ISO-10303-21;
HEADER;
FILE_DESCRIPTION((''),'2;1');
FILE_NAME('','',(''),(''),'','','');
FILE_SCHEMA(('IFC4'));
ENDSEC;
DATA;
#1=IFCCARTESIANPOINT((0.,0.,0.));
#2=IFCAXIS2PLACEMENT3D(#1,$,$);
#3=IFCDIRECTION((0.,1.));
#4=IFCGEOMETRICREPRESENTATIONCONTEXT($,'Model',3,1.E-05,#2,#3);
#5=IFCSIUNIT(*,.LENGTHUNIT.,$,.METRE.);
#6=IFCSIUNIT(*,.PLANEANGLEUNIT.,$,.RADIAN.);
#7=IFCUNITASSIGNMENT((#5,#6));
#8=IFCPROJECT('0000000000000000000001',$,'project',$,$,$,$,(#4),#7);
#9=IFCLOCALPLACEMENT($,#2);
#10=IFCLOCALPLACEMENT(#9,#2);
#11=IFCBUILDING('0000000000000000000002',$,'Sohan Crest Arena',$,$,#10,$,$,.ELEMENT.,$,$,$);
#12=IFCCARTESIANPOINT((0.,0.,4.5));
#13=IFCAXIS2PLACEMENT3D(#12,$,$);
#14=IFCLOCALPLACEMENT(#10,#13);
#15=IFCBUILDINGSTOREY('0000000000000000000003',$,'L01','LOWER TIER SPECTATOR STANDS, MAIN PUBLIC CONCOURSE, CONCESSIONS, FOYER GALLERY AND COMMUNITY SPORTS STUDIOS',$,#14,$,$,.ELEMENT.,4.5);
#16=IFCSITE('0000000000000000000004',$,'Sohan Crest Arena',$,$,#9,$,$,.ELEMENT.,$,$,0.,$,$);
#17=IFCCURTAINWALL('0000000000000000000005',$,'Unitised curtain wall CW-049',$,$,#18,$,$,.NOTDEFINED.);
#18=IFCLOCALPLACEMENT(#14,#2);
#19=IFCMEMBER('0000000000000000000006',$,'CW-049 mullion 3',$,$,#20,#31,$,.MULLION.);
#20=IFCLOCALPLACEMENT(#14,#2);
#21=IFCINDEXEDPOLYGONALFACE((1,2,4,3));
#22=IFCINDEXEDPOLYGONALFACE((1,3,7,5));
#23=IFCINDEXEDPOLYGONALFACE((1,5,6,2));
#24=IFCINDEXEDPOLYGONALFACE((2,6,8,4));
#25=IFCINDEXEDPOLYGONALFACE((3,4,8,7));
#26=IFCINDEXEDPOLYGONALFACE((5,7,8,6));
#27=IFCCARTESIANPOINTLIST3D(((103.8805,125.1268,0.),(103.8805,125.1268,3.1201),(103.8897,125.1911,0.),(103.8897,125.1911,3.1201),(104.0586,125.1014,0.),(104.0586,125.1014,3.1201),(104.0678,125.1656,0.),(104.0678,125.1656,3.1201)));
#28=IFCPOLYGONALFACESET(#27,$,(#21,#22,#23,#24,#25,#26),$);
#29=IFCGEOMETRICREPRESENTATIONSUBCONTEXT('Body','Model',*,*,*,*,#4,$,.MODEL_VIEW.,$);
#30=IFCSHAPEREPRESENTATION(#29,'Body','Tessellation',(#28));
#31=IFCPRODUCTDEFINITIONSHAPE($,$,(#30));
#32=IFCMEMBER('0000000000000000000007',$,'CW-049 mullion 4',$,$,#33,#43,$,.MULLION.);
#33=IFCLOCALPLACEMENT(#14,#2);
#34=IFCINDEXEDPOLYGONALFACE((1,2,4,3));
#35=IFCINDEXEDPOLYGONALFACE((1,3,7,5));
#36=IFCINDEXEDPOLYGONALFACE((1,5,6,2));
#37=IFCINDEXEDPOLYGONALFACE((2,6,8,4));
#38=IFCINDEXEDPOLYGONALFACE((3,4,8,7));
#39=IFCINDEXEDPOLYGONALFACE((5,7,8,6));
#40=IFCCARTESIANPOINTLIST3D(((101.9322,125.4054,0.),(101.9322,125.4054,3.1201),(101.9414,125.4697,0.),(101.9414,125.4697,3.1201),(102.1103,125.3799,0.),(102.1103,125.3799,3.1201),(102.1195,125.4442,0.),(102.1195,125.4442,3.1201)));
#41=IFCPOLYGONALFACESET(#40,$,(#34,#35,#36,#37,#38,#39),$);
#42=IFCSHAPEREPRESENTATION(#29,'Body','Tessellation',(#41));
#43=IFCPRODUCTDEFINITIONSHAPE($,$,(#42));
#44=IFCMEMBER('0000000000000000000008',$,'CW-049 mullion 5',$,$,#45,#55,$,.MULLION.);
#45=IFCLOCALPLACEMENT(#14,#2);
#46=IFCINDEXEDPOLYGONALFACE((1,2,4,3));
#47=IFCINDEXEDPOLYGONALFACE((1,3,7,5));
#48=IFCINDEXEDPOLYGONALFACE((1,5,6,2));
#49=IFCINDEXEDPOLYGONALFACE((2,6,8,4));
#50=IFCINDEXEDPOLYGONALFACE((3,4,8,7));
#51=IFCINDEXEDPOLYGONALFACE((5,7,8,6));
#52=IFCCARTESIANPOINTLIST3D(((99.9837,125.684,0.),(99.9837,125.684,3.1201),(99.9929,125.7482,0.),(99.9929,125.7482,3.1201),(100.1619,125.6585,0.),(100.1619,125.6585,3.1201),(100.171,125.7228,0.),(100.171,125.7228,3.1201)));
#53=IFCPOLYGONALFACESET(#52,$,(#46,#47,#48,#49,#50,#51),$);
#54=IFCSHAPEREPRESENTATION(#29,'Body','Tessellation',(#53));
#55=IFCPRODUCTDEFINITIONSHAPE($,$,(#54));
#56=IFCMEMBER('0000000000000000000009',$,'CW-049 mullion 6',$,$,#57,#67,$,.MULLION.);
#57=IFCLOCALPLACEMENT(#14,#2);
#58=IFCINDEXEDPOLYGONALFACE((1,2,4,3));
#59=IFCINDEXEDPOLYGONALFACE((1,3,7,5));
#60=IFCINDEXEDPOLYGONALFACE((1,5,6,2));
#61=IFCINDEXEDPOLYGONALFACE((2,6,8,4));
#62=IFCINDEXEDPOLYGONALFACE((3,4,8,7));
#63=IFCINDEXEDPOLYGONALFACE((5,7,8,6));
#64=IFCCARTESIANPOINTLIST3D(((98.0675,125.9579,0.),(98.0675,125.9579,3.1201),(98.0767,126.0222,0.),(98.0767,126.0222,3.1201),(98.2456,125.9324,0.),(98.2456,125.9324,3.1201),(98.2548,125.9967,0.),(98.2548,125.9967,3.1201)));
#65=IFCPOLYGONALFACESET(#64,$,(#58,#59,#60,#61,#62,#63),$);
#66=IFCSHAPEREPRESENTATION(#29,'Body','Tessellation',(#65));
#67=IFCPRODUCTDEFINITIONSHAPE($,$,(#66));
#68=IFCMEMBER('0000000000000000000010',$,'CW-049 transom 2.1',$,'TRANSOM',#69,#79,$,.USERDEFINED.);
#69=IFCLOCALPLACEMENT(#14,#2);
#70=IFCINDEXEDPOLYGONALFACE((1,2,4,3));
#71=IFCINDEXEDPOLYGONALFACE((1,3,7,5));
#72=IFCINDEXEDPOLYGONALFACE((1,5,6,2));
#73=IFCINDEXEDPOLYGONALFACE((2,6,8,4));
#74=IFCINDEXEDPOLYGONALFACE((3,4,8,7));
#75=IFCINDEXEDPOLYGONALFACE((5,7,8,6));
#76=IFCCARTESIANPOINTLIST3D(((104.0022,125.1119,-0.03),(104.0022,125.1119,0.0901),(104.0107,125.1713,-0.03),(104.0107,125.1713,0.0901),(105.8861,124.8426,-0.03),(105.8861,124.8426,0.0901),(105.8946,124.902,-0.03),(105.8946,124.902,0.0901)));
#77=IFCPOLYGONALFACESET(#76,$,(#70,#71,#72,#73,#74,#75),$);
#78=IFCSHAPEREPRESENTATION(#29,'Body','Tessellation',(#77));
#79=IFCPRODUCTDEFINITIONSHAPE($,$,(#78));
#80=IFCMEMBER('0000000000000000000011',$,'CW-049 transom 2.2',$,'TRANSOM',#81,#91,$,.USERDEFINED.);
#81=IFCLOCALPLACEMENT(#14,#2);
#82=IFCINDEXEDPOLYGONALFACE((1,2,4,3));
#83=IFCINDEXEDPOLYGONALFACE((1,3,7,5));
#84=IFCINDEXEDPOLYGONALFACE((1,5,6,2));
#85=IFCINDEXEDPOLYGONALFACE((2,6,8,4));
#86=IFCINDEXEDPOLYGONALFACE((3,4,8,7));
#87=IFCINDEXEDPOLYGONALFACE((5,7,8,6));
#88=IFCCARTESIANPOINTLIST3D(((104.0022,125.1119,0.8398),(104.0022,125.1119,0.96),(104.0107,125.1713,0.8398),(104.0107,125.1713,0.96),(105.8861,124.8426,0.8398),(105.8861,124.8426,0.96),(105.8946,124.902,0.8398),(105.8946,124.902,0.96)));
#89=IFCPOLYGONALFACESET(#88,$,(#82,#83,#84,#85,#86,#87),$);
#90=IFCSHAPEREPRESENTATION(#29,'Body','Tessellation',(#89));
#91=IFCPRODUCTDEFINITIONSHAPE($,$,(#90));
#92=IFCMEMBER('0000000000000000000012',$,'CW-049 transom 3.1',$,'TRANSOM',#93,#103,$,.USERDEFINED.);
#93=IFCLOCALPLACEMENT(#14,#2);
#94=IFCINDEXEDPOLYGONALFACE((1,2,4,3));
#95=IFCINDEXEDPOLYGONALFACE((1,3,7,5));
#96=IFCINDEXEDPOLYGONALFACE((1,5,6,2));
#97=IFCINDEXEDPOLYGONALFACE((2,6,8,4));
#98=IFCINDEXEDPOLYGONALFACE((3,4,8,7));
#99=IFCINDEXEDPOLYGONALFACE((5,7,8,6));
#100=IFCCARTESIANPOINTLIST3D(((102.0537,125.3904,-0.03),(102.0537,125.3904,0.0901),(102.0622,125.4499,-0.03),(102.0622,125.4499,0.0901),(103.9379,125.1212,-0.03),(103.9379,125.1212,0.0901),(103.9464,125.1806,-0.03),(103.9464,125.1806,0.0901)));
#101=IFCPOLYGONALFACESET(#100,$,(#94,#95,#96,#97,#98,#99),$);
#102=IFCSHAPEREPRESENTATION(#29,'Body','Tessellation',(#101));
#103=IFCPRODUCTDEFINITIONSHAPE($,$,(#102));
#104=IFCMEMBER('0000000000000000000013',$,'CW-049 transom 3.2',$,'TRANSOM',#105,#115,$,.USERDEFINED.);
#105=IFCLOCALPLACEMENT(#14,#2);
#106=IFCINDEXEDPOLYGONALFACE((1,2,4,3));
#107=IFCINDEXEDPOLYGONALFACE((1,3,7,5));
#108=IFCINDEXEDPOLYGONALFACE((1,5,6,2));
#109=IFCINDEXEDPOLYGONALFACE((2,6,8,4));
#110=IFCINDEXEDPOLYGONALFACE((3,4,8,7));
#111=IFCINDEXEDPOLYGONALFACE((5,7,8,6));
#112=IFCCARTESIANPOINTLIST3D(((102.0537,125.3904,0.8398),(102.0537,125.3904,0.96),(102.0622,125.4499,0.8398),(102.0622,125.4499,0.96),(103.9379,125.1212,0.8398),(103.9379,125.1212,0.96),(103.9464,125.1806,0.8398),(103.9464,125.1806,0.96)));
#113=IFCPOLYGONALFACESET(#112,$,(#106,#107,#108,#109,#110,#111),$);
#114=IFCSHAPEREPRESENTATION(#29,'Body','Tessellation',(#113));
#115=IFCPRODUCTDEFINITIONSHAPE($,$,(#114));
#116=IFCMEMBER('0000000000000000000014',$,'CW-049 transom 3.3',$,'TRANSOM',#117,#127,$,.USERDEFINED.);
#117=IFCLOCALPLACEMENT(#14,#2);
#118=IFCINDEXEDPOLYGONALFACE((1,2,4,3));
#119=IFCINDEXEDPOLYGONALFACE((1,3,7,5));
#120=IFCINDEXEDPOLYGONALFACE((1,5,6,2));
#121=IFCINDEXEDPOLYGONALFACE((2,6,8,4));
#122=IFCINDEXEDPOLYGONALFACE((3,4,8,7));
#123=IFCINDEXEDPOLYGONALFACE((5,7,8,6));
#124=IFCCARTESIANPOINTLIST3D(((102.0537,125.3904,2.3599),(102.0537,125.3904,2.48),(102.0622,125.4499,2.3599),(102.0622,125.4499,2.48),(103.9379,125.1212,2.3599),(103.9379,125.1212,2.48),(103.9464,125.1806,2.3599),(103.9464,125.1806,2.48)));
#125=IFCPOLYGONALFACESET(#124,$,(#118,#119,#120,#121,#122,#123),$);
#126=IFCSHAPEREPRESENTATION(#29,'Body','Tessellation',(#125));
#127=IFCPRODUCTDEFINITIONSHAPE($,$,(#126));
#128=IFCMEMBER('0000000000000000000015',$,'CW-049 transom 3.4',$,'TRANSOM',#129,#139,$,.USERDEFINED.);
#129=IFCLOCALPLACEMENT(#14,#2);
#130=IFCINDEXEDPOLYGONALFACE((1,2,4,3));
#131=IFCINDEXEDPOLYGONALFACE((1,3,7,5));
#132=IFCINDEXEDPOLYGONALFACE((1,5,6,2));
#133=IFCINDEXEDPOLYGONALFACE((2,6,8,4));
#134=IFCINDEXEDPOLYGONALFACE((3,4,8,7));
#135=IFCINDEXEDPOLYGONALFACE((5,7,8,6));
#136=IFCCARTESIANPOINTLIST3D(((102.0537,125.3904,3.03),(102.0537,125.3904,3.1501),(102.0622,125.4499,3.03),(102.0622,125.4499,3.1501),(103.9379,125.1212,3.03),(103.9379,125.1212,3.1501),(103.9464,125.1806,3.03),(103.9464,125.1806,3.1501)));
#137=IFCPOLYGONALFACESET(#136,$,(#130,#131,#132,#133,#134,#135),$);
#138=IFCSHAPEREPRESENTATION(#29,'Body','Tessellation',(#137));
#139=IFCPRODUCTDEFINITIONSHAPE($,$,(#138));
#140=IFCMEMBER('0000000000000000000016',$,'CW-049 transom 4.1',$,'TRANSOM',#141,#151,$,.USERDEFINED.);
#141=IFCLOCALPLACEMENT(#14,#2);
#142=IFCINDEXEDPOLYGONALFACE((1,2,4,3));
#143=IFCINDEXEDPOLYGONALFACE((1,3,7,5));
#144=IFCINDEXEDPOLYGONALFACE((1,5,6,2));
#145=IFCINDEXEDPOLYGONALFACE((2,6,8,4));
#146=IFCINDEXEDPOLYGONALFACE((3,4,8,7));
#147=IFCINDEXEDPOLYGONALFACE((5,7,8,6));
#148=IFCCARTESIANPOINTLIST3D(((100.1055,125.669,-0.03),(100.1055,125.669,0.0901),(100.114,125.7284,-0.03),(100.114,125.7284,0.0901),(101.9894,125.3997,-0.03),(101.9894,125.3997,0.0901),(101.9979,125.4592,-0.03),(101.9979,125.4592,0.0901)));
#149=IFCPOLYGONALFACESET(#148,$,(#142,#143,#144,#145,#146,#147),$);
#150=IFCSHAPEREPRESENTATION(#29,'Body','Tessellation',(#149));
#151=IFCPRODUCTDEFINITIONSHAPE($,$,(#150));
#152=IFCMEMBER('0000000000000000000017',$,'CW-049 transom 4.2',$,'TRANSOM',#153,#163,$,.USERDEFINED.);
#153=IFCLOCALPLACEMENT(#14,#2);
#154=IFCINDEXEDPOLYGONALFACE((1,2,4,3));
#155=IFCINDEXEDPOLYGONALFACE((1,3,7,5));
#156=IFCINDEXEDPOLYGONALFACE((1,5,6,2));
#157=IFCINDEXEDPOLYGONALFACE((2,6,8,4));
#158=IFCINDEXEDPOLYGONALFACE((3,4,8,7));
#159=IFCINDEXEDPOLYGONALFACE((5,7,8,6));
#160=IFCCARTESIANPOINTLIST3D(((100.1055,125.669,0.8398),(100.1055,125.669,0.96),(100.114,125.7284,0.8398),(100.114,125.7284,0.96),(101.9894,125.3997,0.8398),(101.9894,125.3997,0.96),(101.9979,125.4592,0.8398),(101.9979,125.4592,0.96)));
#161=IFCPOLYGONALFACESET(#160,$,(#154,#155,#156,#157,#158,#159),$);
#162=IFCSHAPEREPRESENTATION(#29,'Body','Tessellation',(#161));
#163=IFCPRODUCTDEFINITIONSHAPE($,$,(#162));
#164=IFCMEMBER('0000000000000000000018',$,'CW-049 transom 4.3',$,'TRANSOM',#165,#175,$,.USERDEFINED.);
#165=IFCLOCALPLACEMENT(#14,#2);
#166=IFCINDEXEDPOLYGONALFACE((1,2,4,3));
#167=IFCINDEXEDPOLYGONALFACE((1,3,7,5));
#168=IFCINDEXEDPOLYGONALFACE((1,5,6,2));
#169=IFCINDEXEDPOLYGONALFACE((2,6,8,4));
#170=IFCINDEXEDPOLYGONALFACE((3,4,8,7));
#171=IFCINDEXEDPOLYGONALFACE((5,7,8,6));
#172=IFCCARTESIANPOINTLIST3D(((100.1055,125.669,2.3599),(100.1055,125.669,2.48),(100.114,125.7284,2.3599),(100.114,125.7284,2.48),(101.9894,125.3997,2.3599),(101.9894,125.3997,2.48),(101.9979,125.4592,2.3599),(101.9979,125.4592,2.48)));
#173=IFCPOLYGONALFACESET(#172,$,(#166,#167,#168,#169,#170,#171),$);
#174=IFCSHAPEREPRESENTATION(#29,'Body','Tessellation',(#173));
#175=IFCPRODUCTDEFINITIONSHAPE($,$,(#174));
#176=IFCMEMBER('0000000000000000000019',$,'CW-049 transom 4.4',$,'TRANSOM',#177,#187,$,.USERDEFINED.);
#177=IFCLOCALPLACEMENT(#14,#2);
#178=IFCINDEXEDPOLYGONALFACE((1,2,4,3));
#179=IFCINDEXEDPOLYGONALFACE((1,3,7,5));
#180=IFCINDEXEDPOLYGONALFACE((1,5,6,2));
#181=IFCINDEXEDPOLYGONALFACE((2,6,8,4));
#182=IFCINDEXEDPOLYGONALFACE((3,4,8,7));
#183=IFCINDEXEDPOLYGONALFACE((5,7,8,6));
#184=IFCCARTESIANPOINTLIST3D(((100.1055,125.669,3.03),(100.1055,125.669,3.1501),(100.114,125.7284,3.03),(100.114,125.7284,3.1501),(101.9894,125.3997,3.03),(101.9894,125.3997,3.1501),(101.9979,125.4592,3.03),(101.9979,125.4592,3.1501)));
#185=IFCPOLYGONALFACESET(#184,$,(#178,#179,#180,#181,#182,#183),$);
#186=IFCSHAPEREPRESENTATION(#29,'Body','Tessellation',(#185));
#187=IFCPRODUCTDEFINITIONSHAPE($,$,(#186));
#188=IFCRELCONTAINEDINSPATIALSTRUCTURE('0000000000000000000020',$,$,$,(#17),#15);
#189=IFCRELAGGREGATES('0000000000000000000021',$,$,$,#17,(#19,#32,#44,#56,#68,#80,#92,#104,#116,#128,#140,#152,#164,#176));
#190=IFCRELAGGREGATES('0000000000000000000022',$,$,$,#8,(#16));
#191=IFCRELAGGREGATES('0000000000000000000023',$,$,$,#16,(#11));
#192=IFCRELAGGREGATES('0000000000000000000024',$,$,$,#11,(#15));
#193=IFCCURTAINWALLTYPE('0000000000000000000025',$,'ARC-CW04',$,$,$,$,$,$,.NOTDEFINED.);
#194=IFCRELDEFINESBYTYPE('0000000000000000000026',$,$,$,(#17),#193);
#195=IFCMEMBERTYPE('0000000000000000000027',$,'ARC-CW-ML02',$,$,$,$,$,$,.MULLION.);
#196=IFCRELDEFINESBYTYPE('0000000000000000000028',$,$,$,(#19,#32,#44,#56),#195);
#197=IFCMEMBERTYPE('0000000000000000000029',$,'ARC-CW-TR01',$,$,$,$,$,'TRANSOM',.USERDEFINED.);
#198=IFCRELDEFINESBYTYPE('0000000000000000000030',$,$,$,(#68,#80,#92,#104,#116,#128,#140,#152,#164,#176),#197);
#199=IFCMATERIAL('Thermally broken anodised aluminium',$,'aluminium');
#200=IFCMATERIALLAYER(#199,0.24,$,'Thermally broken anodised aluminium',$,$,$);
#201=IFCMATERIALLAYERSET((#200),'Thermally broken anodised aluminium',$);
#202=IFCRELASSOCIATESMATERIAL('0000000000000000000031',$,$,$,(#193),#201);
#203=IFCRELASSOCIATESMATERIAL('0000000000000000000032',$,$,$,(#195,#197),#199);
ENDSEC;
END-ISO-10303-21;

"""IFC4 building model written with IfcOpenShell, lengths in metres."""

from ifc_helpers import new_model, si_unit, direction, frame, origin, origin_2d, place, context, subcontext, project, spatial, rectangle, extrude, material, layer, layer_set, material_profile, profile_set, type_object, element, aggregate, save


model = new_model("IFC4")

# Units and contexts
model_context = context("Model", 3, precision=1e-05, world=origin(), true_north=direction((0.0, 1.0)))
body_context = subcontext(model_context, "Body", "Model", "MODEL_VIEW")
ifc_project = project(units=[si_unit("LENGTHUNIT", "METRE"), si_unit("PLANEANGLEUNIT", "RADIAN")], contexts=[model_context])

# Site, building, storey
site_placement = place(None, origin())
site = spatial("IfcSite", under=ifc_project, at=site_placement, Name="Sohan Crest Arena", CompositionType="ELEMENT", RefElevation=0.0)
building_placement = place(site_placement, origin())
building = spatial("IfcBuilding", under=site, at=building_placement, Name="Sohan Crest Arena", CompositionType="ELEMENT")
storey_placement = place(building_placement, frame((0.0, 0.0, 4.5)))
storey = spatial("IfcBuildingStorey", under=building, at=storey_placement, Name="L01", Description="LOWER TIER SPECTATOR STANDS, MAIN PUBLIC CONCOURSE, CONCESSIONS, FOYER GALLERY AND COMMUNITY SPORTS STUDIOS", CompositionType="ELEMENT", Elevation=4.5)

# Curtain wall, members
ifc_material_1 = material(Name="Thermally broken anodised aluminium", Category="aluminium")
ifc_layer_1 = layer(ifc_material_1, 0.24, Name="Thermally broken anodised aluminium")
ifc_layer_set_1 = layer_set([ifc_layer_1], Name="Thermally broken anodised aluminium")
curtain_wall_type = type_object("IfcCurtainWallType", Name="ARC-CW04", PredefinedType="NOTDEFINED", material=ifc_layer_set_1)
curtain_wall_placement = place(storey_placement, origin())
curtain_wall = element("IfcCurtainWall", 1, at=curtain_wall_placement, inside=storey, type_object=curtain_wall_type, Name="Unitised curtain wall CW-049", PredefinedType="NOTDEFINED")
ifc_material_profile_1 = material_profile(ifc_material_1, rectangle(XDim=0.0649, YDim=0.1799, at=origin_2d()), Name="ALU-MULL 65x180")
ifc_profile_set_1 = profile_set([ifc_material_profile_1], Name="Thermally broken anodised aluminium")
member_type_1 = type_object("IfcMemberType", Name="ARC-CW-ML02", PredefinedType="MULLION", material=ifc_profile_set_1)
member_1_placement = place(storey_placement, frame((103.9741, 125.1462, 0.0), z_axis=(0.0, 0.0, 1.0), x_axis=(-0.141549, -0.989931, 0.0)))
member_1 = element("IfcMember", 2, at=member_1_placement, type_object=member_type_1, Name="CW-049 mullion 3", PredefinedType="MULLION", context=body_context, shape_type="SweptSolid", body=[
    extrude(rectangle(XDim=0.0649, YDim=0.1799, at=origin_2d()), origin(), (0.0, 0.0, 1.0), 3.1201),
])
member_2_placement = place(storey_placement, frame((102.0259, 125.4248, 0.0), z_axis=(0.0, 0.0, 1.0), x_axis=(-0.141549, -0.989931, 0.0)))
member_2 = element("IfcMember", 3, at=member_2_placement, type_object=member_type_1, Name="CW-049 mullion 4", PredefinedType="MULLION", context=body_context, shape_type="SweptSolid", body=[
    extrude(rectangle(XDim=0.0649, YDim=0.1799, at=origin_2d()), origin(), (0.0, 0.0, 1.0), 3.1201),
])
member_3_placement = place(storey_placement, frame((100.0774, 125.7034, 0.0), z_axis=(0.0, 0.0, 1.0), x_axis=(-0.141549, -0.989931, 0.0)))
member_3 = element("IfcMember", 4, at=member_3_placement, type_object=member_type_1, Name="CW-049 mullion 5", PredefinedType="MULLION", context=body_context, shape_type="SweptSolid", body=[
    extrude(rectangle(XDim=0.0649, YDim=0.1799, at=origin_2d()), origin(), (0.0, 0.0, 1.0), 3.1201),
])
member_4_placement = place(storey_placement, frame((98.1611, 125.9773, 0.0), z_axis=(0.0, 0.0, 1.0), x_axis=(-0.141549, -0.989931, 0.0)))
member_4 = element("IfcMember", 5, at=member_4_placement, type_object=member_type_1, Name="CW-049 mullion 6", PredefinedType="MULLION", context=body_context, shape_type="SweptSolid", body=[
    extrude(rectangle(XDim=0.0649, YDim=0.1799, at=origin_2d()), origin(), (0.0, 0.0, 1.0), 3.1201),
])
ifc_material_profile_2 = material_profile(ifc_material_1, rectangle(XDim=0.0601, YDim=0.1201, at=origin_2d()), Name="ALU-TRAN 60x120")
ifc_profile_set_2 = profile_set([ifc_material_profile_2], Name="Thermally broken anodised aluminium")
member_type_2 = type_object("IfcMemberType", Name="ARC-CW-TR01", ElementType="TRANSOM", PredefinedType="USERDEFINED", material=ifc_profile_set_2)
member_5_placement = place(storey_placement, frame((105.8904, 124.8723, 0.03), z_axis=(-0.989939, 0.141493, 0.0), x_axis=(-0.141493, -0.989939, 0.0)))
member_5 = element("IfcMember", 6, at=member_5_placement, type_object=member_type_2, Name="CW-049 transom 2.1", ObjectType="TRANSOM", PredefinedType="USERDEFINED", context=body_context, shape_type="SweptSolid", body=[
    extrude(rectangle(XDim=0.0601, YDim=0.1201, at=origin_2d()), origin(), (0.0, 0.0, 1.0), 1.9031),
])
member_6_placement = place(storey_placement, frame((105.8904, 124.8723, 0.8999), z_axis=(-0.989939, 0.141493, 0.0), x_axis=(-0.141493, -0.989939, 0.0)))
member_6 = element("IfcMember", 7, at=member_6_placement, type_object=member_type_2, Name="CW-049 transom 2.2", ObjectType="TRANSOM", PredefinedType="USERDEFINED", context=body_context, shape_type="SweptSolid", body=[
    extrude(rectangle(XDim=0.0601, YDim=0.1201, at=origin_2d()), origin(), (0.0, 0.0, 1.0), 1.9031),
])
member_7_placement = place(storey_placement, frame((103.9421, 125.1509, 0.03), z_axis=(-0.989942, 0.141475, 0.0), x_axis=(-0.141475, -0.989942, 0.0)))
member_7 = element("IfcMember", 8, at=member_7_placement, type_object=member_type_2, Name="CW-049 transom 3.1", ObjectType="TRANSOM", PredefinedType="USERDEFINED", context=body_context, shape_type="SweptSolid", body=[
    extrude(rectangle(XDim=0.0601, YDim=0.1201, at=origin_2d()), origin(), (0.0, 0.0, 1.0), 1.9033),
])
member_8_placement = place(storey_placement, frame((103.9421, 125.1509, 0.8999), z_axis=(-0.989942, 0.141475, 0.0), x_axis=(-0.141475, -0.989942, 0.0)))
member_8 = element("IfcMember", 9, at=member_8_placement, type_object=member_type_2, Name="CW-049 transom 3.2", ObjectType="TRANSOM", PredefinedType="USERDEFINED", context=body_context, shape_type="SweptSolid", body=[
    extrude(rectangle(XDim=0.0601, YDim=0.1201, at=origin_2d()), origin(), (0.0, 0.0, 1.0), 1.9033),
])
member_9_placement = place(storey_placement, frame((103.9421, 125.1509, 2.4199), z_axis=(-0.989942, 0.141475, 0.0), x_axis=(-0.141475, -0.989942, 0.0)))
member_9 = element("IfcMember", 10, at=member_9_placement, type_object=member_type_2, Name="CW-049 transom 3.3", ObjectType="TRANSOM", PredefinedType="USERDEFINED", context=body_context, shape_type="SweptSolid", body=[
    extrude(rectangle(XDim=0.0601, YDim=0.1201, at=origin_2d()), origin(), (0.0, 0.0, 1.0), 1.9033),
])
member_10_placement = place(storey_placement, frame((103.9421, 125.1509, 3.0901), z_axis=(-0.989942, 0.141475, 0.0), x_axis=(-0.141475, -0.989942, 0.0)))
member_10 = element("IfcMember", 11, at=member_10_placement, type_object=member_type_2, Name="CW-049 transom 3.4", ObjectType="TRANSOM", PredefinedType="USERDEFINED", context=body_context, shape_type="SweptSolid", body=[
    extrude(rectangle(XDim=0.0601, YDim=0.1201, at=origin_2d()), origin(), (0.0, 0.0, 1.0), 1.9033),
])
member_11_placement = place(storey_placement, frame((101.9937, 125.4294, 0.03), z_axis=(-0.989939, 0.141493, 0.0), x_axis=(-0.141493, -0.989939, 0.0)))
member_11 = element("IfcMember", 12, at=member_11_placement, type_object=member_type_2, Name="CW-049 transom 4.1", ObjectType="TRANSOM", PredefinedType="USERDEFINED", context=body_context, shape_type="SweptSolid", body=[
    extrude(rectangle(XDim=0.0601, YDim=0.1201, at=origin_2d()), origin(), (0.0, 0.0, 1.0), 1.9031),
])
member_12_placement = place(storey_placement, frame((101.9937, 125.4294, 0.8999), z_axis=(-0.989939, 0.141493, 0.0), x_axis=(-0.141493, -0.989939, 0.0)))
member_12 = element("IfcMember", 13, at=member_12_placement, type_object=member_type_2, Name="CW-049 transom 4.2", ObjectType="TRANSOM", PredefinedType="USERDEFINED", context=body_context, shape_type="SweptSolid", body=[
    extrude(rectangle(XDim=0.0601, YDim=0.1201, at=origin_2d()), origin(), (0.0, 0.0, 1.0), 1.9031),
])
member_13_placement = place(storey_placement, frame((101.9937, 125.4294, 2.4199), z_axis=(-0.989939, 0.141493, 0.0), x_axis=(-0.141493, -0.989939, 0.0)))
member_13 = element("IfcMember", 14, at=member_13_placement, type_object=member_type_2, Name="CW-049 transom 4.3", ObjectType="TRANSOM", PredefinedType="USERDEFINED", context=body_context, shape_type="SweptSolid", body=[
    extrude(rectangle(XDim=0.0601, YDim=0.1201, at=origin_2d()), origin(), (0.0, 0.0, 1.0), 1.9031),
])
member_14_placement = place(storey_placement, frame((101.9937, 125.4294, 3.0901), z_axis=(-0.989939, 0.141493, 0.0), x_axis=(-0.141493, -0.989939, 0.0)))
member_14 = element("IfcMember", 15, at=member_14_placement, type_object=member_type_2, Name="CW-049 transom 4.4", ObjectType="TRANSOM", PredefinedType="USERDEFINED", context=body_context, shape_type="SweptSolid", body=[
    extrude(rectangle(XDim=0.0601, YDim=0.1201, at=origin_2d()), origin(), (0.0, 0.0, 1.0), 1.9031),
])
aggregate(curtain_wall, [member_1, member_2, member_3, member_4, member_5, member_6, member_7, member_8, member_9, member_10, member_11, member_12, member_13, member_14])

save(model, "model.ifc")
